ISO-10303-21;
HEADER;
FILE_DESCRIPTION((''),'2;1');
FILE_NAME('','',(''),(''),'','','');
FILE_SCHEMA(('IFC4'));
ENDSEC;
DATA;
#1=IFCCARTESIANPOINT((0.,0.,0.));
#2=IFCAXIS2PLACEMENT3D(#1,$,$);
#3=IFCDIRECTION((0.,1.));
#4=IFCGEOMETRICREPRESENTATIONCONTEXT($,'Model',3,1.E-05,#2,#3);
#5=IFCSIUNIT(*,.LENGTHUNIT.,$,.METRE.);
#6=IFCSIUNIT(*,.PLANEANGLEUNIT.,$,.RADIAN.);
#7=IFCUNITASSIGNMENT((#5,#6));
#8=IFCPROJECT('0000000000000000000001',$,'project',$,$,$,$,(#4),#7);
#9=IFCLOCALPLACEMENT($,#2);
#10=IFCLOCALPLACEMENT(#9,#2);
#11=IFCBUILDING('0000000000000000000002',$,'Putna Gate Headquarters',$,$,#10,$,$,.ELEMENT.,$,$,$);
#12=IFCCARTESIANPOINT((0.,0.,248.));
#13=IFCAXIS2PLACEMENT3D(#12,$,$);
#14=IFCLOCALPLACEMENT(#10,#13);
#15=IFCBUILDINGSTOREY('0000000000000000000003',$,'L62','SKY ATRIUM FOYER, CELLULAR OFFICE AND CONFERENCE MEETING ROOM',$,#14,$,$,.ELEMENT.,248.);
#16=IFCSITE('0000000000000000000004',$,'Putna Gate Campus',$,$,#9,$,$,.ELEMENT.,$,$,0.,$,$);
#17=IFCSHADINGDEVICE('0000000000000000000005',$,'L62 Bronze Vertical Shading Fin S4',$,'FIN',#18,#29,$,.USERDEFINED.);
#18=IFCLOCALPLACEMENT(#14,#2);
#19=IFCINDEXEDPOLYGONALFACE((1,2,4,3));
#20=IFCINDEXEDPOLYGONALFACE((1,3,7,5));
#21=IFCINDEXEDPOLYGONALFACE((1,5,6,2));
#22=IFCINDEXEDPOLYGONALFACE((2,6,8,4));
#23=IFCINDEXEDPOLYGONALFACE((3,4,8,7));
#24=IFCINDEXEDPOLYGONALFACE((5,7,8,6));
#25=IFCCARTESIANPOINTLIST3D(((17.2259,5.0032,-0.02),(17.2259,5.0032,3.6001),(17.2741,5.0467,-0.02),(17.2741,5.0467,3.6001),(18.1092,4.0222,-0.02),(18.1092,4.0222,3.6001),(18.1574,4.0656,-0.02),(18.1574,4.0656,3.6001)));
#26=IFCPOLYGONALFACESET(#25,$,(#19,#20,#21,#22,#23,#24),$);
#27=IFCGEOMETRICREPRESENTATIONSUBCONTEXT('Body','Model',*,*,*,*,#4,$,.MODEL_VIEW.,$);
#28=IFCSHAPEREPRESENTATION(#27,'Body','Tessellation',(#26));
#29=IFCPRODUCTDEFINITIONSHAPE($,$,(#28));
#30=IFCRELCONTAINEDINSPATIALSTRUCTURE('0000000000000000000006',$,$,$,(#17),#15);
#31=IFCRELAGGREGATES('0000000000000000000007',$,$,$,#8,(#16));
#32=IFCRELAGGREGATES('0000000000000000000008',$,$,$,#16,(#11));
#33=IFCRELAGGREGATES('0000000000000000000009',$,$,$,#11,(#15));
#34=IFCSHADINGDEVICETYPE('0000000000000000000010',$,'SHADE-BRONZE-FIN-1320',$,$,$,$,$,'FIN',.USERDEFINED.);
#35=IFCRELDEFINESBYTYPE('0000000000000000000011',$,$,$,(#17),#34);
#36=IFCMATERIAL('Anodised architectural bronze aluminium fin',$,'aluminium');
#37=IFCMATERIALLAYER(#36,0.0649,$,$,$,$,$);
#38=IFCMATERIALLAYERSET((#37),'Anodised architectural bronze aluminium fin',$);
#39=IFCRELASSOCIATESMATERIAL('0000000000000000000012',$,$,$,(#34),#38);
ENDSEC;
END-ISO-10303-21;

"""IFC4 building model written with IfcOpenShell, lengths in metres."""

from ifc_helpers import new_model, si_unit, direction, frame, origin, origin_2d, place, context, subcontext, project, spatial, rectangle, extrude, material, layer, layer_set, type_object, element, save


model = new_model("IFC4")

# Units and contexts
model_context = context("Model", 3, precision=1e-05, world=origin(), true_north=direction((0.0, 1.0)))
body_context = subcontext(model_context, "Body", "Model", "MODEL_VIEW")
ifc_project = project(units=[si_unit("LENGTHUNIT", "METRE"), si_unit("PLANEANGLEUNIT", "RADIAN")], contexts=[model_context])

# Site, building, storey
site_placement = place(None, origin())
site = spatial("IfcSite", under=ifc_project, at=site_placement, Name="Putna Gate Campus", CompositionType="ELEMENT", RefElevation=0.0)
building_placement = place(site_placement, origin())
building = spatial("IfcBuilding", under=site, at=building_placement, Name="Putna Gate Headquarters", CompositionType="ELEMENT")
storey_placement = place(building_placement, frame((0.0, 0.0, 248.0)))
storey = spatial("IfcBuildingStorey", under=building, at=storey_placement, Name="L62", Description="SKY ATRIUM FOYER, CELLULAR OFFICE AND CONFERENCE MEETING ROOM", CompositionType="ELEMENT", Elevation=248.0)

# Shading device
ifc_material_1 = material(Name="Anodised architectural bronze aluminium fin", Category="aluminium")
ifc_layer_1 = layer(ifc_material_1, 0.0649)
ifc_layer_set_1 = layer_set([ifc_layer_1], Name="Anodised architectural bronze aluminium fin")
shading_device_type = type_object("IfcShadingDeviceType", Name="SHADE-BRONZE-FIN-1320", ElementType="FIN", PredefinedType="USERDEFINED", material=ifc_layer_set_1)
for number, where, z_axis, x_axis, name in (
    (1, (17.6917, 4.5344, -0.02), (0.0, 0.0, 1.0), (0.669131, -0.743145, 0.0), "L62 Bronze Vertical Shading Fin S4"),
):
    element("IfcShadingDevice", number, at=place(storey_placement, frame(where, z_axis=z_axis, x_axis=x_axis)), inside=storey, type_object=shading_device_type, Name=name, ObjectType="FIN", PredefinedType="USERDEFINED", context=body_context, shape_type="SweptSolid", body=[
        extrude(rectangle(XDim=1.3201, YDim=0.0649, at=origin_2d()), origin(), (0.0, 0.0, 1.0), 3.6201),
    ])

save(model, "model.ifc")
